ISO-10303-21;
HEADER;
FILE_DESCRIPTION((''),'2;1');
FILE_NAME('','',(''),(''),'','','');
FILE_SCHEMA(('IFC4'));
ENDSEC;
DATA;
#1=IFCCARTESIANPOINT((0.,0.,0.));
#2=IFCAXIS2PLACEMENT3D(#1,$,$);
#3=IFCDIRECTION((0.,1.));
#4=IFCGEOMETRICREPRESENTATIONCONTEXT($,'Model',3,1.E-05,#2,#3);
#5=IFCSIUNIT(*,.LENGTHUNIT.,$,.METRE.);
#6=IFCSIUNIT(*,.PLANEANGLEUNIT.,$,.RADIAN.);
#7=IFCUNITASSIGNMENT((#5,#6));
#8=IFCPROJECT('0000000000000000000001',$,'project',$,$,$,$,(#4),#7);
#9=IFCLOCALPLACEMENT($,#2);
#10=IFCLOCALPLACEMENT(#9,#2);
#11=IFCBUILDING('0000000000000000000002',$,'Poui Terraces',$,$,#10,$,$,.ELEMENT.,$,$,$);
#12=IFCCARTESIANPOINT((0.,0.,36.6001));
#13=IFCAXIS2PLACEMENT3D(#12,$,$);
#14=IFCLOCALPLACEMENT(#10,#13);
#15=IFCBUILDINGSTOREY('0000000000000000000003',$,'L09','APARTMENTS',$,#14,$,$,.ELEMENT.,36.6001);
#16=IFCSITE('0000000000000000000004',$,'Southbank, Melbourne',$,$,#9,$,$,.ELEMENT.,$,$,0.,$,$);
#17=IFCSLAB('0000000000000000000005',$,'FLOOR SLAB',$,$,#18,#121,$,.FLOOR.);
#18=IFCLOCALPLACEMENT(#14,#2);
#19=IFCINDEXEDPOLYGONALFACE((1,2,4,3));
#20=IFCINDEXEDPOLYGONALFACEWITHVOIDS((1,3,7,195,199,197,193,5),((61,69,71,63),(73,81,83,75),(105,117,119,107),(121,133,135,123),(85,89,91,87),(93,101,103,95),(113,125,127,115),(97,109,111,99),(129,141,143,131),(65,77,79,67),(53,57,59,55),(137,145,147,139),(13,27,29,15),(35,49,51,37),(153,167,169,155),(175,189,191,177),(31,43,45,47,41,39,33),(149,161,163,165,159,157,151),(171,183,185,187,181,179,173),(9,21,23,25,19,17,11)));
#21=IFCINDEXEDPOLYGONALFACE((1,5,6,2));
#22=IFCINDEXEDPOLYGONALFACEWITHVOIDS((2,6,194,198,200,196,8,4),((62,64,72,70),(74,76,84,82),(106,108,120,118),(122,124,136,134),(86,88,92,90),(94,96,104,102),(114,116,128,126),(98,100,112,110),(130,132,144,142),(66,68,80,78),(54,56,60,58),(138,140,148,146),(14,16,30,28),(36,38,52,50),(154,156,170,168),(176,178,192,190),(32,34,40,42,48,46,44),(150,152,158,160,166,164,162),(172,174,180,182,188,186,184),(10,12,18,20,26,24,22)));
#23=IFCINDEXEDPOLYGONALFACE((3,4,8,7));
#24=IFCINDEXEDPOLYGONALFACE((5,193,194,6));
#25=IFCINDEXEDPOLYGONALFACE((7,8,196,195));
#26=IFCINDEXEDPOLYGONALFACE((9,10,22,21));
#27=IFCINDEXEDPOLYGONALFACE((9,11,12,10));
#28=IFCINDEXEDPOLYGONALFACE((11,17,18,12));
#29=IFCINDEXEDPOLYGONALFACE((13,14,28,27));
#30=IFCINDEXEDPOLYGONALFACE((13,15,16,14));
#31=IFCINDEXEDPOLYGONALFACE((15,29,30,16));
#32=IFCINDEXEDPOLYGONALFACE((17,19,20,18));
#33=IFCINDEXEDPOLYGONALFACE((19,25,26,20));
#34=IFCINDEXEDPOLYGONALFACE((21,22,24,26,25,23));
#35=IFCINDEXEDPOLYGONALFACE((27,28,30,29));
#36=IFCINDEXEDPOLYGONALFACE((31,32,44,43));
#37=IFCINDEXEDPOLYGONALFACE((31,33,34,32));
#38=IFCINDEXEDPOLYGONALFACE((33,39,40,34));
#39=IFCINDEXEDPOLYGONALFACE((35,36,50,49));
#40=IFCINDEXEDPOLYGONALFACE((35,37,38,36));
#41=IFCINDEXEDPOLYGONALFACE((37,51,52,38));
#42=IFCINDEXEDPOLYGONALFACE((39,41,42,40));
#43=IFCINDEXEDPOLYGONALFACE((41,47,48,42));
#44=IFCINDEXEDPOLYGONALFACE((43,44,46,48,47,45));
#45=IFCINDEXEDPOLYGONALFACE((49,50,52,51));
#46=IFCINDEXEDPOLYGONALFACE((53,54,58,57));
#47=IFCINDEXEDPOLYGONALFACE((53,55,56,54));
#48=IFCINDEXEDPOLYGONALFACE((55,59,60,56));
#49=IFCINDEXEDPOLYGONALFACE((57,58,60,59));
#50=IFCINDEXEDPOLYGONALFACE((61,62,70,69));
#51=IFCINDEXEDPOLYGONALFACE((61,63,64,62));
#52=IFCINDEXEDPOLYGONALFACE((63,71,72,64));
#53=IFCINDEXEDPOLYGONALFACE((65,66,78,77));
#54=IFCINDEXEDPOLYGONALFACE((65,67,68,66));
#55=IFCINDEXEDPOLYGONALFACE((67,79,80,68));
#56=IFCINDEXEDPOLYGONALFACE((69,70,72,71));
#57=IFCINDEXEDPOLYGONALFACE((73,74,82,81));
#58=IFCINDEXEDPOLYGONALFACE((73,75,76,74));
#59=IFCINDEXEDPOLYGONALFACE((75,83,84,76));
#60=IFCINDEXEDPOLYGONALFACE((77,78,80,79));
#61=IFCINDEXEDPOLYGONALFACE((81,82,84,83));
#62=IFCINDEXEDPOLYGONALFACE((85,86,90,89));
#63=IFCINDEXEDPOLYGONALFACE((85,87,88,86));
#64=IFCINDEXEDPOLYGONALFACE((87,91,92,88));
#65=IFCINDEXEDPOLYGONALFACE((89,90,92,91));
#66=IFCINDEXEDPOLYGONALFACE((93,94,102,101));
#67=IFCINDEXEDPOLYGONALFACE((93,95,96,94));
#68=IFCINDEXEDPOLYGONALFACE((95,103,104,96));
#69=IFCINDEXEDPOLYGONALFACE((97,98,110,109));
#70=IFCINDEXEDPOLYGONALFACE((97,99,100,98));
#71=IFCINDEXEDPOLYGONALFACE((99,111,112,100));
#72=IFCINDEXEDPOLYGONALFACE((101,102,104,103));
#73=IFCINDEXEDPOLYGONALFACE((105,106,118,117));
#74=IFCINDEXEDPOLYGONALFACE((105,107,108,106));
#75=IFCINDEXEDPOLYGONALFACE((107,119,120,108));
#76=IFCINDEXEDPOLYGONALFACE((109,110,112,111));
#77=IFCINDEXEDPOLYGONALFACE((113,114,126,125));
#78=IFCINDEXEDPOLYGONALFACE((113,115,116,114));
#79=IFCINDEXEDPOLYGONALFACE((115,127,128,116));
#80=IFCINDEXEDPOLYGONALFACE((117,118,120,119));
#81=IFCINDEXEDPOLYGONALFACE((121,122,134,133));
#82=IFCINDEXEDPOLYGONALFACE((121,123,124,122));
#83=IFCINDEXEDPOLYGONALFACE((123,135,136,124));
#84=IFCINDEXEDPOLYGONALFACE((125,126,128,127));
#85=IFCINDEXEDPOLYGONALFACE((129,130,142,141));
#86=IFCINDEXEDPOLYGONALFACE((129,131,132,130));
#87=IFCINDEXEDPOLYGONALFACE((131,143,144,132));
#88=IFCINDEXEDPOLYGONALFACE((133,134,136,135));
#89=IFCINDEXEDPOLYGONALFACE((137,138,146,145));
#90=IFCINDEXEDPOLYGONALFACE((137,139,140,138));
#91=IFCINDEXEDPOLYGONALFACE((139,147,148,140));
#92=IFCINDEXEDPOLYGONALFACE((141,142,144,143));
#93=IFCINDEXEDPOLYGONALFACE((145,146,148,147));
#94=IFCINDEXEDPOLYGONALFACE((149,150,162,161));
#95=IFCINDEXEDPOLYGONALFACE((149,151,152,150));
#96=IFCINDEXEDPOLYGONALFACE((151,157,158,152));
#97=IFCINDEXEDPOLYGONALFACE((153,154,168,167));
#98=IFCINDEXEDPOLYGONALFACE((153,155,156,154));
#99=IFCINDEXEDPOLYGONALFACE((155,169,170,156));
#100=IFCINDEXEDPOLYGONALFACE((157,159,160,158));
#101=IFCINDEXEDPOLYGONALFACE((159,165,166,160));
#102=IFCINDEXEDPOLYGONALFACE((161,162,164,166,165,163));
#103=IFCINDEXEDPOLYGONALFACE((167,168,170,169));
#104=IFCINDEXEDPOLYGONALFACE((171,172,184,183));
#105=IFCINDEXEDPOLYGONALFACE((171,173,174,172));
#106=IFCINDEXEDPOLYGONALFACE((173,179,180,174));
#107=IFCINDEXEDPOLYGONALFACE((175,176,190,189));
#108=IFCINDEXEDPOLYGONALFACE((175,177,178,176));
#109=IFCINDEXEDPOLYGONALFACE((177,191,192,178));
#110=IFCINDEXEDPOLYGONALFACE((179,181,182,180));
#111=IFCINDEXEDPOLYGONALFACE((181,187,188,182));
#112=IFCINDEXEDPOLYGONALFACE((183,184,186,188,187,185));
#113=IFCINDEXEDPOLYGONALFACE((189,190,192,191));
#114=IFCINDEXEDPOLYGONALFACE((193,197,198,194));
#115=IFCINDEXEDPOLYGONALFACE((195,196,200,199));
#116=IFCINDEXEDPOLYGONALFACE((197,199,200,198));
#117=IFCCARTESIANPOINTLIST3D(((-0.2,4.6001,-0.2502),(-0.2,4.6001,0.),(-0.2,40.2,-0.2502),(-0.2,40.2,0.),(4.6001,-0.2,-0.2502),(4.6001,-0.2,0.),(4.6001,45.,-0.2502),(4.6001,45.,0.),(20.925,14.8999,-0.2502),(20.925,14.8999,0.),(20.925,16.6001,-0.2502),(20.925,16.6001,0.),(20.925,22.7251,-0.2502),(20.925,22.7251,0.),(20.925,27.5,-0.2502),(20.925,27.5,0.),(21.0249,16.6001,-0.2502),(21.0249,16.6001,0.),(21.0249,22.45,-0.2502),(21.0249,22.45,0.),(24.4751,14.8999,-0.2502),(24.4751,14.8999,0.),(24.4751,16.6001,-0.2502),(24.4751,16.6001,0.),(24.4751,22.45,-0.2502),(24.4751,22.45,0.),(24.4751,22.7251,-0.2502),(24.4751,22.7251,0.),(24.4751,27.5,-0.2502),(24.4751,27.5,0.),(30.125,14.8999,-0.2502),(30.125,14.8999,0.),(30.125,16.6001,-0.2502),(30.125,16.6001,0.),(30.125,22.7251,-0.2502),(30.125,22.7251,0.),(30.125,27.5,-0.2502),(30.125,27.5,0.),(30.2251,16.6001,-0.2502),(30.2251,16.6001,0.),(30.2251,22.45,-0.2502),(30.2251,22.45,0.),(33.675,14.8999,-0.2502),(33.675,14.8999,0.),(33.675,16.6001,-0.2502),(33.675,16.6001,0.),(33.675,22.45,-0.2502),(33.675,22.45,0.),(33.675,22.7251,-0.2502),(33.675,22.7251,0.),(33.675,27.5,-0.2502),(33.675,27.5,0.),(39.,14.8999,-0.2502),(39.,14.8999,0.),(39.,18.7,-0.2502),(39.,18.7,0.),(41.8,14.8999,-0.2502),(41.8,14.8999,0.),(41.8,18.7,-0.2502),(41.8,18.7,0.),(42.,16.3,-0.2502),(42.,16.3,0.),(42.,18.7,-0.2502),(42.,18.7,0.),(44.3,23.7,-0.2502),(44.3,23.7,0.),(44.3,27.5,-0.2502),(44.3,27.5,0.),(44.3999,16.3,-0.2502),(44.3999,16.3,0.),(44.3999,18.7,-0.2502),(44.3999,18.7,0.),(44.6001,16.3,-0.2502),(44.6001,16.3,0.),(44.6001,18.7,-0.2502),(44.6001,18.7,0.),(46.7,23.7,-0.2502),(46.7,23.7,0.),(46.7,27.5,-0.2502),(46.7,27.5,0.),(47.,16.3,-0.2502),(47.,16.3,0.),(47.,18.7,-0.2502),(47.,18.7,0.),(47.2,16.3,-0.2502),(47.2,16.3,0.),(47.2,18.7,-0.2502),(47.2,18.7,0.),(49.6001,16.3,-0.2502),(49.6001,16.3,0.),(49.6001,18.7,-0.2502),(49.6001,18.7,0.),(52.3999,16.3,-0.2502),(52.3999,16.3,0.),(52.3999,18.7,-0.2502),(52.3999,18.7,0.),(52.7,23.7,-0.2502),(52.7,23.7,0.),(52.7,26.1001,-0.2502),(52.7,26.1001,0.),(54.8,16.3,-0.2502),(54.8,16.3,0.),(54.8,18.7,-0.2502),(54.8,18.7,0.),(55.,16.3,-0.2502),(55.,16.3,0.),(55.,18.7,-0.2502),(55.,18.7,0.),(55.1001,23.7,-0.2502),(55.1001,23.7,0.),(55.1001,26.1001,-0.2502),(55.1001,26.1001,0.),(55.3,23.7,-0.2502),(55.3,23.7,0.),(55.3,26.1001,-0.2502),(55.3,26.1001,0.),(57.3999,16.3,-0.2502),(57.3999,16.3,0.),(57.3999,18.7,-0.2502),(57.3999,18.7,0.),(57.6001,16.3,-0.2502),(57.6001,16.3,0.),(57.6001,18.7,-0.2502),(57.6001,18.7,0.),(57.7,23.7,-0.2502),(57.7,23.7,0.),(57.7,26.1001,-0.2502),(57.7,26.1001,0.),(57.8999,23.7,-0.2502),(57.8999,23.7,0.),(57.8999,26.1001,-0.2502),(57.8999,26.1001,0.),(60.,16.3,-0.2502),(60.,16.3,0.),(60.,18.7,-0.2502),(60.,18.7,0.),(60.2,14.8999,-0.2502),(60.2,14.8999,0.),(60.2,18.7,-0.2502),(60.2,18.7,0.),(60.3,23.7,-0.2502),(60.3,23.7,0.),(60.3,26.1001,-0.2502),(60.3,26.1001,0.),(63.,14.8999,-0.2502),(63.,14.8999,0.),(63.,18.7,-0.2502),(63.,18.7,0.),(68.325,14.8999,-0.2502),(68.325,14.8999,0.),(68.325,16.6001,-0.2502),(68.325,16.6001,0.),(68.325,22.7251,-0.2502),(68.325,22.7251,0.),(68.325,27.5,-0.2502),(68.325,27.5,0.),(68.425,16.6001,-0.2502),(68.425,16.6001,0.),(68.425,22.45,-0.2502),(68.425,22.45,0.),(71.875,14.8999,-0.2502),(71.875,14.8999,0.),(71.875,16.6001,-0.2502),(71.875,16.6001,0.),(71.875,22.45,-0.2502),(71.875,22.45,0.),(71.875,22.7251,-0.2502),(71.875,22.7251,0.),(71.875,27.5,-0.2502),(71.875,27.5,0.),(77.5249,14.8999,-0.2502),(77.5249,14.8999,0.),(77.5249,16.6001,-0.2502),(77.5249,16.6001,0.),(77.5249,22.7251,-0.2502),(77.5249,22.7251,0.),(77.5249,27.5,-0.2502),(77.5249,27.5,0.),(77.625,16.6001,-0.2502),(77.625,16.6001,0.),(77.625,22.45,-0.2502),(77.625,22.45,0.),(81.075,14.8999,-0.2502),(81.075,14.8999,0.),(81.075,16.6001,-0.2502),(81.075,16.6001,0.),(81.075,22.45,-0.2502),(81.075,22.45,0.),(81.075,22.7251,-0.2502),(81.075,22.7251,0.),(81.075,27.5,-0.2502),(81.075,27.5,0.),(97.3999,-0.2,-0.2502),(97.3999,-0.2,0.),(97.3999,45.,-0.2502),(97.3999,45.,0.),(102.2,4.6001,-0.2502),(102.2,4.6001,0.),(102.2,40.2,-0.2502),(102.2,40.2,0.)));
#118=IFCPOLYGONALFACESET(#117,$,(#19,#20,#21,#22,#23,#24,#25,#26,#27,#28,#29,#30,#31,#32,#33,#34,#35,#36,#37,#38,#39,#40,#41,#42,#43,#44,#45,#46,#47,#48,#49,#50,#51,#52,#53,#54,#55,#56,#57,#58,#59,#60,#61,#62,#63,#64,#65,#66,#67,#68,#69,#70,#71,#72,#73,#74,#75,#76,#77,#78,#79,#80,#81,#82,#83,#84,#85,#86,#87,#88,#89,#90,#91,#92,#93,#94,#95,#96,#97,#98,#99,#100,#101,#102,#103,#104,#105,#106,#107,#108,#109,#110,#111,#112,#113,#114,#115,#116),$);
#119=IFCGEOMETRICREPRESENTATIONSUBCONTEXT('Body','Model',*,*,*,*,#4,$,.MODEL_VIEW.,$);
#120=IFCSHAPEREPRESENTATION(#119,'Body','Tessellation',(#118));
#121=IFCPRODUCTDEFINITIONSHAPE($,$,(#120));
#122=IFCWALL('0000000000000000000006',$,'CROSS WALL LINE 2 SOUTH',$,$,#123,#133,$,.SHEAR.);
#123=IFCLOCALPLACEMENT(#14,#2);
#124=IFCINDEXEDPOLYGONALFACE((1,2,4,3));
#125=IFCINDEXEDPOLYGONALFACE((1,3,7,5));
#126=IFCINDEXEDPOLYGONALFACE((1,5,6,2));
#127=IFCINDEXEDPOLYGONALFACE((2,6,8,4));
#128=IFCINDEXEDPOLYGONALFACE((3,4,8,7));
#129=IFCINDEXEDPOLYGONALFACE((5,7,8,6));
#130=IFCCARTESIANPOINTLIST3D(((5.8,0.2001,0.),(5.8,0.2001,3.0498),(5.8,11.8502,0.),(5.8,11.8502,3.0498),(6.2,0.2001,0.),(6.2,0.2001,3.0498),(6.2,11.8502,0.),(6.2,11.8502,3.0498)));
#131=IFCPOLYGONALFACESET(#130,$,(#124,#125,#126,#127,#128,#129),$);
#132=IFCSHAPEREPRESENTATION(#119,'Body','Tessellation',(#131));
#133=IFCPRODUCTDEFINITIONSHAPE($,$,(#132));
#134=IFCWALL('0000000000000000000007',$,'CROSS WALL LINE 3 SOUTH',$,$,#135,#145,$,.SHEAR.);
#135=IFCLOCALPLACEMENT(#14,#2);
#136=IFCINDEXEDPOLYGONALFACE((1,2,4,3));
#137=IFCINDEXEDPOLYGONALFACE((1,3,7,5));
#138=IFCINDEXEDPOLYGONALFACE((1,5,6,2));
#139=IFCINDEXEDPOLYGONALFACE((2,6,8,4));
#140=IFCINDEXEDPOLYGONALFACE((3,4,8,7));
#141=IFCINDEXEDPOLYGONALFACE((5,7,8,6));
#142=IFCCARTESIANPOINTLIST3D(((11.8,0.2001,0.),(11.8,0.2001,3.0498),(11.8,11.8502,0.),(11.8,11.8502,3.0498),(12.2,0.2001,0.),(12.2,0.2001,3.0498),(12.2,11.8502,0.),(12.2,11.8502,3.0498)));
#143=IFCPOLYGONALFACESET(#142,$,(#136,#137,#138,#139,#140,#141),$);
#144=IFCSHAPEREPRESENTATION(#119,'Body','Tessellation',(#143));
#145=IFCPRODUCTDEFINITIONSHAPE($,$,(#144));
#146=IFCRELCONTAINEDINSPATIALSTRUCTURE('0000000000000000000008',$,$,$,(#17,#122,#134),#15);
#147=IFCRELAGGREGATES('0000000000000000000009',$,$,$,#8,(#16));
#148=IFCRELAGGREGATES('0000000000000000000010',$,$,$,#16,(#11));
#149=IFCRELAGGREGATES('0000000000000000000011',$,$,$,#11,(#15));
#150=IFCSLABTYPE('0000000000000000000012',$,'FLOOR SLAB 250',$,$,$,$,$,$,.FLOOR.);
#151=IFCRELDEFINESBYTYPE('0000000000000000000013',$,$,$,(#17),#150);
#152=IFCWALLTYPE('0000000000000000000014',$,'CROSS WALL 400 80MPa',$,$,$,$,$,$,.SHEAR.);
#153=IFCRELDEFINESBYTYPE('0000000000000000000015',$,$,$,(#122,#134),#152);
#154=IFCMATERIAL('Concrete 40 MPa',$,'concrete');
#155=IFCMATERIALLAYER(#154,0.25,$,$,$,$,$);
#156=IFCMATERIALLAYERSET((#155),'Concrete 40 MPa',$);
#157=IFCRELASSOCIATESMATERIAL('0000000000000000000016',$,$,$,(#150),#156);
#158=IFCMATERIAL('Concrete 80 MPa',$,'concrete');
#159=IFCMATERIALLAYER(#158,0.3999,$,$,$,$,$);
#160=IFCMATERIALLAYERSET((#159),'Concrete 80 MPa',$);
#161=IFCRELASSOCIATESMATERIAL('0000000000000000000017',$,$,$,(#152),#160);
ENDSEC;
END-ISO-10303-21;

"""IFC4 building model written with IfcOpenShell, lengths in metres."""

from ifc_helpers import new_model, si_unit, direction, frame, frame_2d, origin, place, context, subcontext, project, spatial, polyline, rectangle, outline, extrude, source, transform, mapped, material, layer, layer_set, type_object, element, save


model = new_model("IFC4")

# Units and contexts
model_context = context("Model", 3, precision=1e-05, world=origin(), true_north=direction((0.0, 1.0)))
body_context = subcontext(model_context, "Body", "Model", "MODEL_VIEW")
ifc_project = project(units=[si_unit("LENGTHUNIT", "METRE"), si_unit("PLANEANGLEUNIT", "RADIAN")], contexts=[model_context])

# Site, building, storey
site_placement = place(None, origin())
site = spatial("IfcSite", under=ifc_project, at=site_placement, Name="Southbank, Melbourne", CompositionType="ELEMENT", RefElevation=0.0)
building_placement = place(site_placement, origin())
building = spatial("IfcBuilding", under=site, at=building_placement, Name="Poui Terraces", CompositionType="ELEMENT")
storey_placement = place(building_placement, frame((0.0, 0.0, 36.6001)))
storey = spatial("IfcBuildingStorey", under=building, at=storey_placement, Name="L09", Description="APARTMENTS", CompositionType="ELEMENT", Elevation=36.6001)

# Shared definitions
ifc_material_1 = material(Name="Concrete 80 MPa", Category="concrete")

# Slab
ifc_material_2 = material(Name="Concrete 40 MPa", Category="concrete")
ifc_layer_1 = layer(ifc_material_2, 0.25)
ifc_layer_set_1 = layer_set([ifc_layer_1], Name="Concrete 40 MPa")
slab_type_1 = type_object("IfcSlabType", Name="FLOOR SLAB 250", PredefinedType="FLOOR", material=ifc_layer_set_1)
shared_shape = source(origin(), body_context, "Body", "SweptSolid", [
    extrude(outline(polyline([(0.0, 0.0), (4.8, -4.8), (97.5999, -4.8), (102.3999, 0.0), (102.3999, 35.5999), (97.5999, 40.3999), (4.8, 40.3999), (0.0, 35.5999), (0.0, 0.0)]), holes=[polyline([(39.2, 10.2998), (39.2, 14.0999), (42.0, 14.0999), (42.0, 10.2998), (39.2, 10.2998)]), polyline([(42.2, 11.7), (42.2, 14.0999), (44.5999, 14.0999), (44.5999, 11.7), (42.2, 11.7)]), polyline([(44.8, 11.7), (44.8, 14.0999), (47.2, 14.0999), (47.2, 11.7), (44.8, 11.7)]), polyline([(47.3999, 14.0999), (49.8, 14.0999), (49.8, 11.7), (47.3999, 11.7), (47.3999, 14.0999)]), polyline([(52.5999, 14.0999), (55.0, 14.0999), (55.0, 11.7), (52.5999, 11.7), (52.5999, 14.0999)]), polyline([(21.2249, 17.8499), (24.675, 17.8499), (24.675, 12.0), (24.675, 10.2998), (21.125, 10.2998), (21.125, 12.0), (21.2249, 12.0), (21.2249, 17.8499)]), polyline([(30.425, 17.8499), (33.875, 17.8499), (33.875, 12.0), (33.875, 10.2998), (30.325, 10.2998), (30.325, 12.0), (30.425, 12.0), (30.425, 17.8499)]), polyline([(21.125, 18.125), (21.125, 22.8999), (24.675, 22.8999), (24.675, 18.125), (21.125, 18.125)]), polyline([(30.325, 22.8999), (33.875, 22.8999), (33.875, 18.125), (30.325, 18.125), (30.325, 22.8999)]), polyline([(44.5, 22.8999), (46.8999, 22.8999), (46.8999, 19.0999), (44.5, 19.0999), (44.5, 22.8999)]), polyline([(60.3999, 10.2998), (60.3999, 14.0999), (63.2, 14.0999), (63.2, 10.2998), (60.3999, 10.2998)]), polyline([(55.2, 11.7), (55.2, 14.0999), (57.5999, 14.0999), (57.5999, 11.7), (55.2, 11.7)]), polyline([(57.8, 11.7), (57.8, 14.0999), (60.2, 14.0999), (60.2, 11.7), (57.8, 11.7)]), polyline([(72.075, 17.8499), (72.075, 12.0), (72.075, 10.2998), (68.5249, 10.2998), (68.5249, 12.0), (68.625, 12.0), (68.625, 17.8499), (72.075, 17.8499)]), polyline([(81.2749, 17.8499), (81.2749, 12.0), (81.2749, 10.2998), (77.7249, 10.2998), (77.7249, 12.0), (77.825, 12.0), (77.825, 17.8499), (81.2749, 17.8499)]), polyline([(52.8999, 19.0999), (52.8999, 21.5), (55.3, 21.5), (55.3, 19.0999), (52.8999, 19.0999)]), polyline([(55.5, 19.0999), (55.5, 21.5), (57.8999, 21.5), (57.8999, 19.0999), (55.5, 19.0999)]), polyline([(58.0999, 19.0999), (58.0999, 21.5), (60.5, 21.5), (60.5, 19.0999), (58.0999, 19.0999)]), polyline([(68.5249, 22.8999), (72.075, 22.8999), (72.075, 18.125), (68.5249, 18.125), (68.5249, 22.8999)]), polyline([(77.7249, 22.8999), (81.2749, 22.8999), (81.2749, 18.125), (77.7249, 18.125), (77.7249, 22.8999)])]), origin(), (0.0, 0.0, 1.0), 0.2502),
])
slab_1_placement = place(storey_placement, frame((-0.2, 4.6001, -0.2502)))
element("IfcSlab", 1, at=slab_1_placement, inside=storey, type_object=slab_type_1, Name="FLOOR SLAB", PredefinedType="FLOOR", context=body_context, shape_type="MappedRepresentation", body=[
    mapped(shared_shape, transform((0.0, 0.0, 0.0))),
])

# Walls
ifc_layer_2 = layer(ifc_material_1, 0.3999)
ifc_layer_set_2 = layer_set([ifc_layer_2], Name="Concrete 80 MPa")
wall_type_1 = type_object("IfcWallType", Name="CROSS WALL 400 80MPa", PredefinedType="SHEAR", material=ifc_layer_set_2)
for number, where, z_axis, x_axis, name in (
    (2, (6.0, 0.2, 0.0), (0.0, 0.0, 1.0), (0.0, 1.0, 0.0), "CROSS WALL LINE 2 SOUTH"),
    (3, (12.0, 0.2, 0.0), (0.0, 0.0, 1.0), (0.0, 1.0, 0.0), "CROSS WALL LINE 3 SOUTH"),
):
    element("IfcWall", number, at=place(storey_placement, frame(where, z_axis=z_axis, x_axis=x_axis)), inside=storey, type_object=wall_type_1, Name=name, PredefinedType="SHEAR", context=body_context, shape_type="SweptSolid", body=[
        extrude(rectangle(XDim=11.6501, YDim=0.3999, at=frame_2d((5.8252, 0.0))), origin(), (0.0, 0.0, 1.0), 3.0498),
    ])

save(model, "model.ifc")
